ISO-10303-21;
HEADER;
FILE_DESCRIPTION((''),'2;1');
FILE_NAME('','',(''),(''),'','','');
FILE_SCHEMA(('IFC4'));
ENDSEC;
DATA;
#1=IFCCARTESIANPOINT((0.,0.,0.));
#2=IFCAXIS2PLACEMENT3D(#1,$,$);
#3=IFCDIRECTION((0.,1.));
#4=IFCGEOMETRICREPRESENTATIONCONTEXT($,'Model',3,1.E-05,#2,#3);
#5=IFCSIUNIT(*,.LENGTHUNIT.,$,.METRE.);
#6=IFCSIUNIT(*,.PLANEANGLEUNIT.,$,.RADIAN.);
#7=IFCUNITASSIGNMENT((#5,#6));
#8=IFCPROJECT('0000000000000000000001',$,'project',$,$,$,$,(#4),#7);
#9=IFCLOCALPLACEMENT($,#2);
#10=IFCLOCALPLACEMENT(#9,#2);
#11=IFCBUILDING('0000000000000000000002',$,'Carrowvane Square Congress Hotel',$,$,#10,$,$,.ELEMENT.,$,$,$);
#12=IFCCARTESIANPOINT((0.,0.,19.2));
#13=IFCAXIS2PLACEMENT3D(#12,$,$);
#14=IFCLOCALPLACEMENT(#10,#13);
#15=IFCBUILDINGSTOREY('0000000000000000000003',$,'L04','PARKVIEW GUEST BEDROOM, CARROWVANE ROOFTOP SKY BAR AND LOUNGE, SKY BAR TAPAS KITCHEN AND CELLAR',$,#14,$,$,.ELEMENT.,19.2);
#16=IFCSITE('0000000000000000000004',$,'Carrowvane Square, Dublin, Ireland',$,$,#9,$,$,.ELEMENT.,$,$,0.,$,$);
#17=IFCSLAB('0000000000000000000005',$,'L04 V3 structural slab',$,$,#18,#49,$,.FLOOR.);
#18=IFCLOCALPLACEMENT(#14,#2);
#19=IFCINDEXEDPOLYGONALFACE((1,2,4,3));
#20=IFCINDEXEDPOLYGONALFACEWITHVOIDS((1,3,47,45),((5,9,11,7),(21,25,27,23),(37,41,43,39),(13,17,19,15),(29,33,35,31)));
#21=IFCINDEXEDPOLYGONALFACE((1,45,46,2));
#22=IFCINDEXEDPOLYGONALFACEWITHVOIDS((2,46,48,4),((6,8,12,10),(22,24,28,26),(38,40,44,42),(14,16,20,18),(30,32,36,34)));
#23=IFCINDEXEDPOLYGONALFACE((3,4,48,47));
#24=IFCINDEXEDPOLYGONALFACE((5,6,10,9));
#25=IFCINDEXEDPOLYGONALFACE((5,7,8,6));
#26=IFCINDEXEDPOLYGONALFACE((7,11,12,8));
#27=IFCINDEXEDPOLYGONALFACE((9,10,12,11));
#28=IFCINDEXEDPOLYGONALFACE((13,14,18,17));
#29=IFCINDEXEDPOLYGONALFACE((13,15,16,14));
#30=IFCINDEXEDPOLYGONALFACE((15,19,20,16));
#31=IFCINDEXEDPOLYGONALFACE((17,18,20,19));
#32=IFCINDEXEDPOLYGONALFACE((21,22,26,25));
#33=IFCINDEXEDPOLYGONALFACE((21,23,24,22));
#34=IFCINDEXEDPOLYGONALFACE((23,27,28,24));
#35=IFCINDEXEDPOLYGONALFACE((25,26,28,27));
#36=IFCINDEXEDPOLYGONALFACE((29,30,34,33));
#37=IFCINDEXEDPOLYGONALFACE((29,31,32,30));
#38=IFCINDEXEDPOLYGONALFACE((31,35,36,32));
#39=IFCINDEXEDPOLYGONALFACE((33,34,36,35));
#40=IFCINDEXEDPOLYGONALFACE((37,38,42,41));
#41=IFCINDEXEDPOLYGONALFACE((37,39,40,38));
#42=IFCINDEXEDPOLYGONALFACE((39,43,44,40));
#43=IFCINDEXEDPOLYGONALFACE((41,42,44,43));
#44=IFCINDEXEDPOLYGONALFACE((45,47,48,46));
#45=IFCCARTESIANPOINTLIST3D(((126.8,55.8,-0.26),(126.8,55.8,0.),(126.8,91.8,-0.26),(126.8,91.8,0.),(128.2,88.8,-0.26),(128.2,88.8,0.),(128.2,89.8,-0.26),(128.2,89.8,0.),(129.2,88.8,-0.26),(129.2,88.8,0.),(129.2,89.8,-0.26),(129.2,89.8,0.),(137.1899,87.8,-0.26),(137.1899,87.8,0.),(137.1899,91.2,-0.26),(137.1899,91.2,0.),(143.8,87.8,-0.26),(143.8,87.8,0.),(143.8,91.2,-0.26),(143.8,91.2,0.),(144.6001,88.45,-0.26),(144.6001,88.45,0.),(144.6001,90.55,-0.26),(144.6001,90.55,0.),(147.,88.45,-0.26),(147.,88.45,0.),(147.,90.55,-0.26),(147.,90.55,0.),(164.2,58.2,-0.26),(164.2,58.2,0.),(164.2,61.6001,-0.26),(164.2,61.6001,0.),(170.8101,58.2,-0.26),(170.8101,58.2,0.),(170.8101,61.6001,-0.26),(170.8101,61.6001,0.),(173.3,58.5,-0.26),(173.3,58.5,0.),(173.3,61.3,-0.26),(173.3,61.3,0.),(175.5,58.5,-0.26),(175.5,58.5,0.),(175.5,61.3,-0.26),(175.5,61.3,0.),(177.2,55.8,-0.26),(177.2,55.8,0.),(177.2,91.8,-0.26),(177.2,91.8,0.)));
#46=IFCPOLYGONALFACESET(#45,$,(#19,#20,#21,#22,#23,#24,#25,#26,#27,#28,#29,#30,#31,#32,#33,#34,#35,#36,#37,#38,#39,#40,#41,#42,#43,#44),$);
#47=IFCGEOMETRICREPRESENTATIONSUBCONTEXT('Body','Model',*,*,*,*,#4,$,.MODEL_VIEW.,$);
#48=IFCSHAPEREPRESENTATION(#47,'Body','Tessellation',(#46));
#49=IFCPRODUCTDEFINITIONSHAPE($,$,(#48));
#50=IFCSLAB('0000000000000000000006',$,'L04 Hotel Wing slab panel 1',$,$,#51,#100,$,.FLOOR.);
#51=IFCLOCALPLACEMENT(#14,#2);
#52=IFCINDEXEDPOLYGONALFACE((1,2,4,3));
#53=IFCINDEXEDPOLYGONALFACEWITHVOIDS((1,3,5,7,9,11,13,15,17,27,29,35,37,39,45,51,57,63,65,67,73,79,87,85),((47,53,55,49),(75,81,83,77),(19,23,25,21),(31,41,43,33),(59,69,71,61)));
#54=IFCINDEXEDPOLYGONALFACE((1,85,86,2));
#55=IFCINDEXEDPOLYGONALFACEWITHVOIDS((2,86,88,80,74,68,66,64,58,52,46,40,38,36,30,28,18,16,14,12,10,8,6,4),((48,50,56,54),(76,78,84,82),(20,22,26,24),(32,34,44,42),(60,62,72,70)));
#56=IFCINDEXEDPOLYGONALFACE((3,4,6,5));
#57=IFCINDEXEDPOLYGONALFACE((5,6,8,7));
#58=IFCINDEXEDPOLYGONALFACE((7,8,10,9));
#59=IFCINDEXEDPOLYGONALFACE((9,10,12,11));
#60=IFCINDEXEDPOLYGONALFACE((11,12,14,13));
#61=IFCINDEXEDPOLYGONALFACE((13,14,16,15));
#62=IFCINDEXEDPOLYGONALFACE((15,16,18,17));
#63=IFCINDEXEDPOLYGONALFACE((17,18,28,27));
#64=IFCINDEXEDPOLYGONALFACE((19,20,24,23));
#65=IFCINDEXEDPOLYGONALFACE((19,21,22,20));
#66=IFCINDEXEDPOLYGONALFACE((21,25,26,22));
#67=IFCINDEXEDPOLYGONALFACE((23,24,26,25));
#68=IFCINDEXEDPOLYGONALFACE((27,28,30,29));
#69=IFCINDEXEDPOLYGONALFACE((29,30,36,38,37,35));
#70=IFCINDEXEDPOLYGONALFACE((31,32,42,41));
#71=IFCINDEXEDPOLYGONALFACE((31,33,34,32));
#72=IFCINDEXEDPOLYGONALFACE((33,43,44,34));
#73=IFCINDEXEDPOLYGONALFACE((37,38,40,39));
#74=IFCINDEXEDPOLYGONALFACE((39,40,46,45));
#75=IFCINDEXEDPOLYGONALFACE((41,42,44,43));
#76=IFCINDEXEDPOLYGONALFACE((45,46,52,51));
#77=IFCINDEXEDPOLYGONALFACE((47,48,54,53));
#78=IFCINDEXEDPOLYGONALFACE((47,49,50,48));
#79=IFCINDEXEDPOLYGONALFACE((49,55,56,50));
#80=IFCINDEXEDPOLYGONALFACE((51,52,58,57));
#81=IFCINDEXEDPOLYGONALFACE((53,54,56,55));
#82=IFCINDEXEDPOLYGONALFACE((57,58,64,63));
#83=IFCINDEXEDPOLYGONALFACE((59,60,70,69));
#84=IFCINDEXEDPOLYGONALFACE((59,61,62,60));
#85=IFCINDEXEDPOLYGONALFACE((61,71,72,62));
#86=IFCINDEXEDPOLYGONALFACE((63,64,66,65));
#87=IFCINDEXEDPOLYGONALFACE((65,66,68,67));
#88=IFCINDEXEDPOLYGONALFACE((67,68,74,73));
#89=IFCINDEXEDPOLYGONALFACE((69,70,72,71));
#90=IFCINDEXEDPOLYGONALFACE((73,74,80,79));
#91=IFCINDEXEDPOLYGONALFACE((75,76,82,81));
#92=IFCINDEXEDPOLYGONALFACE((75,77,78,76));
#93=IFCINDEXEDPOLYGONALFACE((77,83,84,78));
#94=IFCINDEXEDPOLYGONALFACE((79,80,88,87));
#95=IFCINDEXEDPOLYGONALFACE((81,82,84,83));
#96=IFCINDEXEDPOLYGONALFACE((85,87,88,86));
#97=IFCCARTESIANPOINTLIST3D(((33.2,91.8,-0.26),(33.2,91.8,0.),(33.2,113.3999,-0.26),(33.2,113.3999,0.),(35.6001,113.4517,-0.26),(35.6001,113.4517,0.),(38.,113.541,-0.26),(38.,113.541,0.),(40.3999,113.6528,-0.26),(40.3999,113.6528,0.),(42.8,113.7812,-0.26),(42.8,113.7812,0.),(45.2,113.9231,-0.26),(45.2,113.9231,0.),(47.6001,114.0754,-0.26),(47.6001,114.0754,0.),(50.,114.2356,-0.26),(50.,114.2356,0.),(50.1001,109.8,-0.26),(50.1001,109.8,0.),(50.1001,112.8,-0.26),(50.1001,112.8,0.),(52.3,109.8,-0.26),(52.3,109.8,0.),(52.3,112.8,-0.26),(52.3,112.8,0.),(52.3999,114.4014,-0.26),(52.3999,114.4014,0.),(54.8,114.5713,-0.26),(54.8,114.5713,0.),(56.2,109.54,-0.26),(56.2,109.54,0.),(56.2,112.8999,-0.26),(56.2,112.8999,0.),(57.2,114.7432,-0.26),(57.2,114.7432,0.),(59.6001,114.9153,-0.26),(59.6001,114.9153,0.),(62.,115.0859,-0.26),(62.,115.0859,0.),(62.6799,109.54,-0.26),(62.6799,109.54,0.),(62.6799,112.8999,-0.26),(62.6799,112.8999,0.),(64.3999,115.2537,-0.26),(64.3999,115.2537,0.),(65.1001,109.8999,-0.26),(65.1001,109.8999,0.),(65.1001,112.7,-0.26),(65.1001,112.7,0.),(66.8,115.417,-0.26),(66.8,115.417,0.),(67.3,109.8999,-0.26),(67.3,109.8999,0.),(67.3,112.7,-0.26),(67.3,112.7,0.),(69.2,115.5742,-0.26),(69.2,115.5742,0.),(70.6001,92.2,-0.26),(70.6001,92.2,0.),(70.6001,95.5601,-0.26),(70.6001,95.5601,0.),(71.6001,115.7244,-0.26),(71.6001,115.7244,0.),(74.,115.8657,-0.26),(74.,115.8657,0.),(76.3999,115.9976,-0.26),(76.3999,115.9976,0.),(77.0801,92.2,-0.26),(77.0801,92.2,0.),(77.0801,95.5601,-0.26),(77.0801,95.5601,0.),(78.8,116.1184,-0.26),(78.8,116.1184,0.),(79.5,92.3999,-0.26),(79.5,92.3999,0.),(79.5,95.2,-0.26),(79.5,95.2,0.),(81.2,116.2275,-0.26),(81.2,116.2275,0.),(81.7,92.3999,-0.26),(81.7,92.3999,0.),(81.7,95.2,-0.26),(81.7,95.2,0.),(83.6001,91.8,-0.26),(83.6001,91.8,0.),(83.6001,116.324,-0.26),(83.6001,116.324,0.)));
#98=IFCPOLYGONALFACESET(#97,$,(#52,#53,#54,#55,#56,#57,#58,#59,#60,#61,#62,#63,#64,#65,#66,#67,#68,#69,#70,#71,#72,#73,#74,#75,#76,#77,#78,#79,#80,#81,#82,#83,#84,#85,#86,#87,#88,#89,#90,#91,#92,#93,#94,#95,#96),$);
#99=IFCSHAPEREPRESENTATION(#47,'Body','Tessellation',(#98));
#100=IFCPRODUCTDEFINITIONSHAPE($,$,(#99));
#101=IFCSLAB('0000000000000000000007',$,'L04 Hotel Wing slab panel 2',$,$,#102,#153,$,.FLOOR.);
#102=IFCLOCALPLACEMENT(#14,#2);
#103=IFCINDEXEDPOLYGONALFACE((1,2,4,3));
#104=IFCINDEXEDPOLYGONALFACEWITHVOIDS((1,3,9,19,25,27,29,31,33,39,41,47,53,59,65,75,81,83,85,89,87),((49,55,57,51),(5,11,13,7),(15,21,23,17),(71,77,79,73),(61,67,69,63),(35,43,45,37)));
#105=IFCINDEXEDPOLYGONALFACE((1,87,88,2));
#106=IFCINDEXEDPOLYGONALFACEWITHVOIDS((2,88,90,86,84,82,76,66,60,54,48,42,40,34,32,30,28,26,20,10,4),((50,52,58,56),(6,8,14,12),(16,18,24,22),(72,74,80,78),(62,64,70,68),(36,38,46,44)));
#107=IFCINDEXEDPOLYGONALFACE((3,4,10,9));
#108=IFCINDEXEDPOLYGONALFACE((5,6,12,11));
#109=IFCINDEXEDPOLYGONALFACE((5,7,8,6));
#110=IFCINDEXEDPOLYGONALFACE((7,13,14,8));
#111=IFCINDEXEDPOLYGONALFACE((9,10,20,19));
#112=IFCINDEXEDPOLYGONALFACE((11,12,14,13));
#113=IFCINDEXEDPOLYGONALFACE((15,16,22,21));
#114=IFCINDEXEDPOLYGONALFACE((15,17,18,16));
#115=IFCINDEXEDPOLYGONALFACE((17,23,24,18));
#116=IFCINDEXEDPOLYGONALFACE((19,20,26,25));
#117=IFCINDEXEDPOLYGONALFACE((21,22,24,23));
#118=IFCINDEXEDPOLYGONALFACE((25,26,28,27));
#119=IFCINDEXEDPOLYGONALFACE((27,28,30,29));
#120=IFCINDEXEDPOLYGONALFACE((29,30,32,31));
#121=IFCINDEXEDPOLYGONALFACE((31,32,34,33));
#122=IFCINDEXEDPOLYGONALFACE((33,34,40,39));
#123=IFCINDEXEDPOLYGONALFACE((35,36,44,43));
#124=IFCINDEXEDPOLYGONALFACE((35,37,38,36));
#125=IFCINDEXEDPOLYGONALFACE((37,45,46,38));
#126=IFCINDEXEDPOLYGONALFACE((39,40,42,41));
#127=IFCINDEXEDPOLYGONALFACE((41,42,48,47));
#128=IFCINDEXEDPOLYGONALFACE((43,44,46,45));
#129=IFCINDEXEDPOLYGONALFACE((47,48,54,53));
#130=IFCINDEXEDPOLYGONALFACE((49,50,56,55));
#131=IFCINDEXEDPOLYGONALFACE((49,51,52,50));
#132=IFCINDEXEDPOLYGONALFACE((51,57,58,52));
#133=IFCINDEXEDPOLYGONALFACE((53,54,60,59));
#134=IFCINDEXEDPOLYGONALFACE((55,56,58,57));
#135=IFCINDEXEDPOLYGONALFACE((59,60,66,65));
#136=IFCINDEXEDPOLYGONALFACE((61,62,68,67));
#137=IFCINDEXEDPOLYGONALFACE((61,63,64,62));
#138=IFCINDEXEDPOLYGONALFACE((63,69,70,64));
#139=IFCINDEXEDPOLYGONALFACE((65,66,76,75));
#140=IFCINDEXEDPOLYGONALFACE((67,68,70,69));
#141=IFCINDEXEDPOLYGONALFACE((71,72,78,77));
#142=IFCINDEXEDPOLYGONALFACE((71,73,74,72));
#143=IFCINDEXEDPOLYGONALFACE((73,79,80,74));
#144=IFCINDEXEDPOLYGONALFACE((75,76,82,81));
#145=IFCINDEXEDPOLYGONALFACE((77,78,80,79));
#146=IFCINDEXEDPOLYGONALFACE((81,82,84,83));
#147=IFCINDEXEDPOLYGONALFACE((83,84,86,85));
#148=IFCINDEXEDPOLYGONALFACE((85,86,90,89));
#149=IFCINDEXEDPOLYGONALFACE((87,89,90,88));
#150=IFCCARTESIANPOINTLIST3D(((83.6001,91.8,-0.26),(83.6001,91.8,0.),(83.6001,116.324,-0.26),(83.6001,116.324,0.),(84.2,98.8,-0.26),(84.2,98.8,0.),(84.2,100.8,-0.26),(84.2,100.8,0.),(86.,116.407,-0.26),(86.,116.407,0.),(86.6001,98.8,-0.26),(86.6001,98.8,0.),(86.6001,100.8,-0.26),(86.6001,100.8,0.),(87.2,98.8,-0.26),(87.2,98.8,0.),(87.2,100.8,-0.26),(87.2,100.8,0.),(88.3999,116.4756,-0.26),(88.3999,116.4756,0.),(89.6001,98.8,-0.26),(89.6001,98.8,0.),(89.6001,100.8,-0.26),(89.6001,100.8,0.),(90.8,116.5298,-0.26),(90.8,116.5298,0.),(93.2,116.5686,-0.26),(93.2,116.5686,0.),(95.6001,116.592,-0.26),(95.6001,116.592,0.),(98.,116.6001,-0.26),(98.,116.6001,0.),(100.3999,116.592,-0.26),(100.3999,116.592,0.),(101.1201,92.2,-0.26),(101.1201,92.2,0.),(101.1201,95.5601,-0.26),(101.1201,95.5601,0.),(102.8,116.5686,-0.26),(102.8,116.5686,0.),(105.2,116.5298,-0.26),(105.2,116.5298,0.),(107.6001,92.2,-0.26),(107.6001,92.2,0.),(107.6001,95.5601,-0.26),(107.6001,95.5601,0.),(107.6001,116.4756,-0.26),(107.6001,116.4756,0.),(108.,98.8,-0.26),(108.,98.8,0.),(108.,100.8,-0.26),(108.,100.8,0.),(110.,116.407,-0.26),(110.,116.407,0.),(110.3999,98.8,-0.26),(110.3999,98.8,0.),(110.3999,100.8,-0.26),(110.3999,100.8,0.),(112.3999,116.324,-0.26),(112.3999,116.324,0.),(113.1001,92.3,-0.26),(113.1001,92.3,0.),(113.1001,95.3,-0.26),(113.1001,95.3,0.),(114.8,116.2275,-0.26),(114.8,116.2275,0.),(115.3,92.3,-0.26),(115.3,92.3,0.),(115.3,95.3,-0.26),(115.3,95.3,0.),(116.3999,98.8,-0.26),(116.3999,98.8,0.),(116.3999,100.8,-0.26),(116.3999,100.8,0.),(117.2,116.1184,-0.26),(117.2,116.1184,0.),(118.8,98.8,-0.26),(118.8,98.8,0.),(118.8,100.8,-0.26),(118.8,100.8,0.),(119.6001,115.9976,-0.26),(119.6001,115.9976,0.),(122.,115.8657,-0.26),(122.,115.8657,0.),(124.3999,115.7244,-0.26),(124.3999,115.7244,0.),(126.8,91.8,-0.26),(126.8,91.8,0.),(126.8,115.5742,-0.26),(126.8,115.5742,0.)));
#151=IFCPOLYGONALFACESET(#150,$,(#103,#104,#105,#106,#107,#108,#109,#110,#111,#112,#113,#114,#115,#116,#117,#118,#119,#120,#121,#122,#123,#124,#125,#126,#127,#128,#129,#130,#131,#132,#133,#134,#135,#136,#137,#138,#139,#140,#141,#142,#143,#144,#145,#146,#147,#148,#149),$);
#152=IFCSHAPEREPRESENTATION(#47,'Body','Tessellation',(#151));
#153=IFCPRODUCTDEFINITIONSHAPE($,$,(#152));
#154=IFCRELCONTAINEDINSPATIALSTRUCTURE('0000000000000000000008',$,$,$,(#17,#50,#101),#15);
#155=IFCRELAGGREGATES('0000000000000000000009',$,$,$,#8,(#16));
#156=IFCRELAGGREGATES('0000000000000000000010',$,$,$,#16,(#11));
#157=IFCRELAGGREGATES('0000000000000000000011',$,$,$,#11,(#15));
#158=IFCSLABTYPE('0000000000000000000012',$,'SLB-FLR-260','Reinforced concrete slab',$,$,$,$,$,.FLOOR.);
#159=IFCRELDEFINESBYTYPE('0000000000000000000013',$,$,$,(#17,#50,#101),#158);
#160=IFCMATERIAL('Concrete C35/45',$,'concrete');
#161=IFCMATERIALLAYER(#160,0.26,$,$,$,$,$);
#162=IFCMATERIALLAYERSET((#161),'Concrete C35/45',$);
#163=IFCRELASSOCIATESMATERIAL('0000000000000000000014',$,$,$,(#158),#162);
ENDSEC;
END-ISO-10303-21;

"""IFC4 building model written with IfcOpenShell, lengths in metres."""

from ifc_helpers import new_model, si_unit, direction, frame, origin, place, context, subcontext, project, spatial, polyline, outline, extrude, material, layer, layer_set, type_object, element, save


model = new_model("IFC4")

# Units and contexts
model_context = context("Model", 3, precision=1e-05, world=origin(), true_north=direction((0.0, 1.0)))
body_context = subcontext(model_context, "Body", "Model", "MODEL_VIEW")
ifc_project = project(units=[si_unit("LENGTHUNIT", "METRE"), si_unit("PLANEANGLEUNIT", "RADIAN")], contexts=[model_context])

# Site, building, storey
site_placement = place(None, origin())
site = spatial("IfcSite", under=ifc_project, at=site_placement, Name="Carrowvane Square, Dublin, Ireland", CompositionType="ELEMENT", RefElevation=0.0)
building_placement = place(site_placement, origin())
building = spatial("IfcBuilding", under=site, at=building_placement, Name="Carrowvane Square Congress Hotel", CompositionType="ELEMENT")
storey_placement = place(building_placement, frame((0.0, 0.0, 19.2)))
storey = spatial("IfcBuildingStorey", under=building, at=storey_placement, Name="L04", Description="PARKVIEW GUEST BEDROOM, CARROWVANE ROOFTOP SKY BAR AND LOUNGE, SKY BAR TAPAS KITCHEN AND CELLAR", CompositionType="ELEMENT", Elevation=19.2)

# Slabs
ifc_material_1 = material(Name="Concrete C35/45", Category="concrete")
ifc_layer_1 = layer(ifc_material_1, 0.26)
ifc_layer_set_1 = layer_set([ifc_layer_1], Name="Concrete C35/45")
slab_type_1 = type_object("IfcSlabType", Name="SLB-FLR-260", Description="Reinforced concrete slab", PredefinedType="FLOOR", material=ifc_layer_set_1)
slab_1_placement = place(storey_placement, frame((0.0, 0.0, -0.26)))
element("IfcSlab", 1, at=slab_1_placement, inside=storey, type_object=slab_type_1, Name="L04 V3 structural slab", PredefinedType="FLOOR", context=body_context, shape_type="SweptSolid", body=[
    extrude(outline(polyline([(126.8, 55.8), (177.2, 55.8), (177.2, 91.8), (126.8, 91.8), (126.8, 55.8)]), holes=[polyline([(170.8101, 61.6001), (164.2, 61.6001), (164.2, 58.2), (170.8101, 58.2), (170.8101, 61.6001)]), polyline([(137.1899, 87.8), (143.8, 87.8), (143.8, 91.2), (137.1899, 91.2), (137.1899, 87.8)]), polyline([(128.2, 88.8), (129.2, 88.8), (129.2, 89.8), (128.2, 89.8), (128.2, 88.8)]), polyline([(173.3, 58.5), (175.5, 58.5), (175.5, 61.3), (173.3, 61.3), (173.3, 58.5)]), polyline([(144.6001, 88.45), (147.0, 88.45), (147.0, 90.55), (144.6001, 90.55), (144.6001, 88.45)])]), origin(), (0.0, 0.0, 1.0), 0.26),
])
slab_2_placement = place(storey_placement, frame((0.0, 0.0, -0.26)))
element("IfcSlab", 2, at=slab_2_placement, inside=storey, type_object=slab_type_1, Name="L04 Hotel Wing slab panel 1", PredefinedType="FLOOR", context=body_context, shape_type="SweptSolid", body=[
    extrude(outline(polyline([(33.2, 91.8), (83.6001, 91.8), (83.6001, 116.324), (81.2, 116.2275), (78.8, 116.1184), (76.3999, 115.9976), (74.0, 115.8657), (71.6001, 115.7244), (69.2, 115.5742), (66.8, 115.417), (64.3999, 115.2537), (62.0, 115.0859), (59.6001, 114.9153), (57.2, 114.7432), (54.8, 114.5713), (52.3999, 114.4014), (50.0, 114.2356), (47.6001, 114.0754), (45.2, 113.9231), (42.8, 113.7812), (40.3999, 113.6528), (38.0, 113.541), (35.6001, 113.4517), (33.2, 113.3999), (33.2, 91.8)]), holes=[polyline([(62.6799, 112.8999), (56.2, 112.8999), (56.2, 109.54), (62.6799, 109.54), (62.6799, 112.8999)]), polyline([(77.0801, 95.5601), (70.6001, 95.5601), (70.6001, 92.2), (77.0801, 92.2), (77.0801, 95.5601)]), polyline([(65.1001, 109.8999), (67.3, 109.8999), (67.3, 112.7), (65.1001, 112.7), (65.1001, 109.8999)]), polyline([(79.5, 92.3999), (81.7, 92.3999), (81.7, 95.2), (79.5, 95.2), (79.5, 92.3999)]), polyline([(50.1001, 109.8), (52.3, 109.8), (52.3, 112.8), (50.1001, 112.8), (50.1001, 109.8)])]), origin(), (0.0, 0.0, 1.0), 0.26),
])
slab_3_placement = place(storey_placement, frame((0.0, 0.0, -0.26)))
element("IfcSlab", 3, at=slab_3_placement, inside=storey, type_object=slab_type_1, Name="L04 Hotel Wing slab panel 2", PredefinedType="FLOOR", context=body_context, shape_type="SweptSolid", body=[
    extrude(outline(polyline([(83.6001, 91.8), (126.8, 91.8), (126.8, 115.5742), (124.3999, 115.7244), (122.0, 115.8657), (119.6001, 115.9976), (117.2, 116.1184), (114.8, 116.2275), (112.3999, 116.324), (110.0, 116.407), (107.6001, 116.4756), (105.2, 116.5298), (102.8, 116.5686), (100.3999, 116.592), (98.0, 116.6001), (95.6001, 116.592), (93.2, 116.5686), (90.8, 116.5298), (88.3999, 116.4756), (86.0, 116.407), (83.6001, 116.324), (83.6001, 91.8)]), holes=[polyline([(101.1201, 92.2), (107.6001, 92.2), (107.6001, 95.5601), (101.1201, 95.5601), (101.1201, 92.2)]), polyline([(84.2, 98.8), (86.6001, 98.8), (86.6001, 100.8), (84.2, 100.8), (84.2, 98.8)]), polyline([(87.2, 98.8), (89.6001, 98.8), (89.6001, 100.8), (87.2, 100.8), (87.2, 98.8)]), polyline([(108.0, 98.8), (110.3999, 98.8), (110.3999, 100.8), (108.0, 100.8), (108.0, 98.8)]), polyline([(116.3999, 98.8), (118.8, 98.8), (118.8, 100.8), (116.3999, 100.8), (116.3999, 98.8)]), polyline([(113.1001, 92.3), (115.3, 92.3), (115.3, 95.3), (113.1001, 95.3), (113.1001, 92.3)])]), origin(), (0.0, 0.0, 1.0), 0.26),
])

save(model, "model.ifc")
